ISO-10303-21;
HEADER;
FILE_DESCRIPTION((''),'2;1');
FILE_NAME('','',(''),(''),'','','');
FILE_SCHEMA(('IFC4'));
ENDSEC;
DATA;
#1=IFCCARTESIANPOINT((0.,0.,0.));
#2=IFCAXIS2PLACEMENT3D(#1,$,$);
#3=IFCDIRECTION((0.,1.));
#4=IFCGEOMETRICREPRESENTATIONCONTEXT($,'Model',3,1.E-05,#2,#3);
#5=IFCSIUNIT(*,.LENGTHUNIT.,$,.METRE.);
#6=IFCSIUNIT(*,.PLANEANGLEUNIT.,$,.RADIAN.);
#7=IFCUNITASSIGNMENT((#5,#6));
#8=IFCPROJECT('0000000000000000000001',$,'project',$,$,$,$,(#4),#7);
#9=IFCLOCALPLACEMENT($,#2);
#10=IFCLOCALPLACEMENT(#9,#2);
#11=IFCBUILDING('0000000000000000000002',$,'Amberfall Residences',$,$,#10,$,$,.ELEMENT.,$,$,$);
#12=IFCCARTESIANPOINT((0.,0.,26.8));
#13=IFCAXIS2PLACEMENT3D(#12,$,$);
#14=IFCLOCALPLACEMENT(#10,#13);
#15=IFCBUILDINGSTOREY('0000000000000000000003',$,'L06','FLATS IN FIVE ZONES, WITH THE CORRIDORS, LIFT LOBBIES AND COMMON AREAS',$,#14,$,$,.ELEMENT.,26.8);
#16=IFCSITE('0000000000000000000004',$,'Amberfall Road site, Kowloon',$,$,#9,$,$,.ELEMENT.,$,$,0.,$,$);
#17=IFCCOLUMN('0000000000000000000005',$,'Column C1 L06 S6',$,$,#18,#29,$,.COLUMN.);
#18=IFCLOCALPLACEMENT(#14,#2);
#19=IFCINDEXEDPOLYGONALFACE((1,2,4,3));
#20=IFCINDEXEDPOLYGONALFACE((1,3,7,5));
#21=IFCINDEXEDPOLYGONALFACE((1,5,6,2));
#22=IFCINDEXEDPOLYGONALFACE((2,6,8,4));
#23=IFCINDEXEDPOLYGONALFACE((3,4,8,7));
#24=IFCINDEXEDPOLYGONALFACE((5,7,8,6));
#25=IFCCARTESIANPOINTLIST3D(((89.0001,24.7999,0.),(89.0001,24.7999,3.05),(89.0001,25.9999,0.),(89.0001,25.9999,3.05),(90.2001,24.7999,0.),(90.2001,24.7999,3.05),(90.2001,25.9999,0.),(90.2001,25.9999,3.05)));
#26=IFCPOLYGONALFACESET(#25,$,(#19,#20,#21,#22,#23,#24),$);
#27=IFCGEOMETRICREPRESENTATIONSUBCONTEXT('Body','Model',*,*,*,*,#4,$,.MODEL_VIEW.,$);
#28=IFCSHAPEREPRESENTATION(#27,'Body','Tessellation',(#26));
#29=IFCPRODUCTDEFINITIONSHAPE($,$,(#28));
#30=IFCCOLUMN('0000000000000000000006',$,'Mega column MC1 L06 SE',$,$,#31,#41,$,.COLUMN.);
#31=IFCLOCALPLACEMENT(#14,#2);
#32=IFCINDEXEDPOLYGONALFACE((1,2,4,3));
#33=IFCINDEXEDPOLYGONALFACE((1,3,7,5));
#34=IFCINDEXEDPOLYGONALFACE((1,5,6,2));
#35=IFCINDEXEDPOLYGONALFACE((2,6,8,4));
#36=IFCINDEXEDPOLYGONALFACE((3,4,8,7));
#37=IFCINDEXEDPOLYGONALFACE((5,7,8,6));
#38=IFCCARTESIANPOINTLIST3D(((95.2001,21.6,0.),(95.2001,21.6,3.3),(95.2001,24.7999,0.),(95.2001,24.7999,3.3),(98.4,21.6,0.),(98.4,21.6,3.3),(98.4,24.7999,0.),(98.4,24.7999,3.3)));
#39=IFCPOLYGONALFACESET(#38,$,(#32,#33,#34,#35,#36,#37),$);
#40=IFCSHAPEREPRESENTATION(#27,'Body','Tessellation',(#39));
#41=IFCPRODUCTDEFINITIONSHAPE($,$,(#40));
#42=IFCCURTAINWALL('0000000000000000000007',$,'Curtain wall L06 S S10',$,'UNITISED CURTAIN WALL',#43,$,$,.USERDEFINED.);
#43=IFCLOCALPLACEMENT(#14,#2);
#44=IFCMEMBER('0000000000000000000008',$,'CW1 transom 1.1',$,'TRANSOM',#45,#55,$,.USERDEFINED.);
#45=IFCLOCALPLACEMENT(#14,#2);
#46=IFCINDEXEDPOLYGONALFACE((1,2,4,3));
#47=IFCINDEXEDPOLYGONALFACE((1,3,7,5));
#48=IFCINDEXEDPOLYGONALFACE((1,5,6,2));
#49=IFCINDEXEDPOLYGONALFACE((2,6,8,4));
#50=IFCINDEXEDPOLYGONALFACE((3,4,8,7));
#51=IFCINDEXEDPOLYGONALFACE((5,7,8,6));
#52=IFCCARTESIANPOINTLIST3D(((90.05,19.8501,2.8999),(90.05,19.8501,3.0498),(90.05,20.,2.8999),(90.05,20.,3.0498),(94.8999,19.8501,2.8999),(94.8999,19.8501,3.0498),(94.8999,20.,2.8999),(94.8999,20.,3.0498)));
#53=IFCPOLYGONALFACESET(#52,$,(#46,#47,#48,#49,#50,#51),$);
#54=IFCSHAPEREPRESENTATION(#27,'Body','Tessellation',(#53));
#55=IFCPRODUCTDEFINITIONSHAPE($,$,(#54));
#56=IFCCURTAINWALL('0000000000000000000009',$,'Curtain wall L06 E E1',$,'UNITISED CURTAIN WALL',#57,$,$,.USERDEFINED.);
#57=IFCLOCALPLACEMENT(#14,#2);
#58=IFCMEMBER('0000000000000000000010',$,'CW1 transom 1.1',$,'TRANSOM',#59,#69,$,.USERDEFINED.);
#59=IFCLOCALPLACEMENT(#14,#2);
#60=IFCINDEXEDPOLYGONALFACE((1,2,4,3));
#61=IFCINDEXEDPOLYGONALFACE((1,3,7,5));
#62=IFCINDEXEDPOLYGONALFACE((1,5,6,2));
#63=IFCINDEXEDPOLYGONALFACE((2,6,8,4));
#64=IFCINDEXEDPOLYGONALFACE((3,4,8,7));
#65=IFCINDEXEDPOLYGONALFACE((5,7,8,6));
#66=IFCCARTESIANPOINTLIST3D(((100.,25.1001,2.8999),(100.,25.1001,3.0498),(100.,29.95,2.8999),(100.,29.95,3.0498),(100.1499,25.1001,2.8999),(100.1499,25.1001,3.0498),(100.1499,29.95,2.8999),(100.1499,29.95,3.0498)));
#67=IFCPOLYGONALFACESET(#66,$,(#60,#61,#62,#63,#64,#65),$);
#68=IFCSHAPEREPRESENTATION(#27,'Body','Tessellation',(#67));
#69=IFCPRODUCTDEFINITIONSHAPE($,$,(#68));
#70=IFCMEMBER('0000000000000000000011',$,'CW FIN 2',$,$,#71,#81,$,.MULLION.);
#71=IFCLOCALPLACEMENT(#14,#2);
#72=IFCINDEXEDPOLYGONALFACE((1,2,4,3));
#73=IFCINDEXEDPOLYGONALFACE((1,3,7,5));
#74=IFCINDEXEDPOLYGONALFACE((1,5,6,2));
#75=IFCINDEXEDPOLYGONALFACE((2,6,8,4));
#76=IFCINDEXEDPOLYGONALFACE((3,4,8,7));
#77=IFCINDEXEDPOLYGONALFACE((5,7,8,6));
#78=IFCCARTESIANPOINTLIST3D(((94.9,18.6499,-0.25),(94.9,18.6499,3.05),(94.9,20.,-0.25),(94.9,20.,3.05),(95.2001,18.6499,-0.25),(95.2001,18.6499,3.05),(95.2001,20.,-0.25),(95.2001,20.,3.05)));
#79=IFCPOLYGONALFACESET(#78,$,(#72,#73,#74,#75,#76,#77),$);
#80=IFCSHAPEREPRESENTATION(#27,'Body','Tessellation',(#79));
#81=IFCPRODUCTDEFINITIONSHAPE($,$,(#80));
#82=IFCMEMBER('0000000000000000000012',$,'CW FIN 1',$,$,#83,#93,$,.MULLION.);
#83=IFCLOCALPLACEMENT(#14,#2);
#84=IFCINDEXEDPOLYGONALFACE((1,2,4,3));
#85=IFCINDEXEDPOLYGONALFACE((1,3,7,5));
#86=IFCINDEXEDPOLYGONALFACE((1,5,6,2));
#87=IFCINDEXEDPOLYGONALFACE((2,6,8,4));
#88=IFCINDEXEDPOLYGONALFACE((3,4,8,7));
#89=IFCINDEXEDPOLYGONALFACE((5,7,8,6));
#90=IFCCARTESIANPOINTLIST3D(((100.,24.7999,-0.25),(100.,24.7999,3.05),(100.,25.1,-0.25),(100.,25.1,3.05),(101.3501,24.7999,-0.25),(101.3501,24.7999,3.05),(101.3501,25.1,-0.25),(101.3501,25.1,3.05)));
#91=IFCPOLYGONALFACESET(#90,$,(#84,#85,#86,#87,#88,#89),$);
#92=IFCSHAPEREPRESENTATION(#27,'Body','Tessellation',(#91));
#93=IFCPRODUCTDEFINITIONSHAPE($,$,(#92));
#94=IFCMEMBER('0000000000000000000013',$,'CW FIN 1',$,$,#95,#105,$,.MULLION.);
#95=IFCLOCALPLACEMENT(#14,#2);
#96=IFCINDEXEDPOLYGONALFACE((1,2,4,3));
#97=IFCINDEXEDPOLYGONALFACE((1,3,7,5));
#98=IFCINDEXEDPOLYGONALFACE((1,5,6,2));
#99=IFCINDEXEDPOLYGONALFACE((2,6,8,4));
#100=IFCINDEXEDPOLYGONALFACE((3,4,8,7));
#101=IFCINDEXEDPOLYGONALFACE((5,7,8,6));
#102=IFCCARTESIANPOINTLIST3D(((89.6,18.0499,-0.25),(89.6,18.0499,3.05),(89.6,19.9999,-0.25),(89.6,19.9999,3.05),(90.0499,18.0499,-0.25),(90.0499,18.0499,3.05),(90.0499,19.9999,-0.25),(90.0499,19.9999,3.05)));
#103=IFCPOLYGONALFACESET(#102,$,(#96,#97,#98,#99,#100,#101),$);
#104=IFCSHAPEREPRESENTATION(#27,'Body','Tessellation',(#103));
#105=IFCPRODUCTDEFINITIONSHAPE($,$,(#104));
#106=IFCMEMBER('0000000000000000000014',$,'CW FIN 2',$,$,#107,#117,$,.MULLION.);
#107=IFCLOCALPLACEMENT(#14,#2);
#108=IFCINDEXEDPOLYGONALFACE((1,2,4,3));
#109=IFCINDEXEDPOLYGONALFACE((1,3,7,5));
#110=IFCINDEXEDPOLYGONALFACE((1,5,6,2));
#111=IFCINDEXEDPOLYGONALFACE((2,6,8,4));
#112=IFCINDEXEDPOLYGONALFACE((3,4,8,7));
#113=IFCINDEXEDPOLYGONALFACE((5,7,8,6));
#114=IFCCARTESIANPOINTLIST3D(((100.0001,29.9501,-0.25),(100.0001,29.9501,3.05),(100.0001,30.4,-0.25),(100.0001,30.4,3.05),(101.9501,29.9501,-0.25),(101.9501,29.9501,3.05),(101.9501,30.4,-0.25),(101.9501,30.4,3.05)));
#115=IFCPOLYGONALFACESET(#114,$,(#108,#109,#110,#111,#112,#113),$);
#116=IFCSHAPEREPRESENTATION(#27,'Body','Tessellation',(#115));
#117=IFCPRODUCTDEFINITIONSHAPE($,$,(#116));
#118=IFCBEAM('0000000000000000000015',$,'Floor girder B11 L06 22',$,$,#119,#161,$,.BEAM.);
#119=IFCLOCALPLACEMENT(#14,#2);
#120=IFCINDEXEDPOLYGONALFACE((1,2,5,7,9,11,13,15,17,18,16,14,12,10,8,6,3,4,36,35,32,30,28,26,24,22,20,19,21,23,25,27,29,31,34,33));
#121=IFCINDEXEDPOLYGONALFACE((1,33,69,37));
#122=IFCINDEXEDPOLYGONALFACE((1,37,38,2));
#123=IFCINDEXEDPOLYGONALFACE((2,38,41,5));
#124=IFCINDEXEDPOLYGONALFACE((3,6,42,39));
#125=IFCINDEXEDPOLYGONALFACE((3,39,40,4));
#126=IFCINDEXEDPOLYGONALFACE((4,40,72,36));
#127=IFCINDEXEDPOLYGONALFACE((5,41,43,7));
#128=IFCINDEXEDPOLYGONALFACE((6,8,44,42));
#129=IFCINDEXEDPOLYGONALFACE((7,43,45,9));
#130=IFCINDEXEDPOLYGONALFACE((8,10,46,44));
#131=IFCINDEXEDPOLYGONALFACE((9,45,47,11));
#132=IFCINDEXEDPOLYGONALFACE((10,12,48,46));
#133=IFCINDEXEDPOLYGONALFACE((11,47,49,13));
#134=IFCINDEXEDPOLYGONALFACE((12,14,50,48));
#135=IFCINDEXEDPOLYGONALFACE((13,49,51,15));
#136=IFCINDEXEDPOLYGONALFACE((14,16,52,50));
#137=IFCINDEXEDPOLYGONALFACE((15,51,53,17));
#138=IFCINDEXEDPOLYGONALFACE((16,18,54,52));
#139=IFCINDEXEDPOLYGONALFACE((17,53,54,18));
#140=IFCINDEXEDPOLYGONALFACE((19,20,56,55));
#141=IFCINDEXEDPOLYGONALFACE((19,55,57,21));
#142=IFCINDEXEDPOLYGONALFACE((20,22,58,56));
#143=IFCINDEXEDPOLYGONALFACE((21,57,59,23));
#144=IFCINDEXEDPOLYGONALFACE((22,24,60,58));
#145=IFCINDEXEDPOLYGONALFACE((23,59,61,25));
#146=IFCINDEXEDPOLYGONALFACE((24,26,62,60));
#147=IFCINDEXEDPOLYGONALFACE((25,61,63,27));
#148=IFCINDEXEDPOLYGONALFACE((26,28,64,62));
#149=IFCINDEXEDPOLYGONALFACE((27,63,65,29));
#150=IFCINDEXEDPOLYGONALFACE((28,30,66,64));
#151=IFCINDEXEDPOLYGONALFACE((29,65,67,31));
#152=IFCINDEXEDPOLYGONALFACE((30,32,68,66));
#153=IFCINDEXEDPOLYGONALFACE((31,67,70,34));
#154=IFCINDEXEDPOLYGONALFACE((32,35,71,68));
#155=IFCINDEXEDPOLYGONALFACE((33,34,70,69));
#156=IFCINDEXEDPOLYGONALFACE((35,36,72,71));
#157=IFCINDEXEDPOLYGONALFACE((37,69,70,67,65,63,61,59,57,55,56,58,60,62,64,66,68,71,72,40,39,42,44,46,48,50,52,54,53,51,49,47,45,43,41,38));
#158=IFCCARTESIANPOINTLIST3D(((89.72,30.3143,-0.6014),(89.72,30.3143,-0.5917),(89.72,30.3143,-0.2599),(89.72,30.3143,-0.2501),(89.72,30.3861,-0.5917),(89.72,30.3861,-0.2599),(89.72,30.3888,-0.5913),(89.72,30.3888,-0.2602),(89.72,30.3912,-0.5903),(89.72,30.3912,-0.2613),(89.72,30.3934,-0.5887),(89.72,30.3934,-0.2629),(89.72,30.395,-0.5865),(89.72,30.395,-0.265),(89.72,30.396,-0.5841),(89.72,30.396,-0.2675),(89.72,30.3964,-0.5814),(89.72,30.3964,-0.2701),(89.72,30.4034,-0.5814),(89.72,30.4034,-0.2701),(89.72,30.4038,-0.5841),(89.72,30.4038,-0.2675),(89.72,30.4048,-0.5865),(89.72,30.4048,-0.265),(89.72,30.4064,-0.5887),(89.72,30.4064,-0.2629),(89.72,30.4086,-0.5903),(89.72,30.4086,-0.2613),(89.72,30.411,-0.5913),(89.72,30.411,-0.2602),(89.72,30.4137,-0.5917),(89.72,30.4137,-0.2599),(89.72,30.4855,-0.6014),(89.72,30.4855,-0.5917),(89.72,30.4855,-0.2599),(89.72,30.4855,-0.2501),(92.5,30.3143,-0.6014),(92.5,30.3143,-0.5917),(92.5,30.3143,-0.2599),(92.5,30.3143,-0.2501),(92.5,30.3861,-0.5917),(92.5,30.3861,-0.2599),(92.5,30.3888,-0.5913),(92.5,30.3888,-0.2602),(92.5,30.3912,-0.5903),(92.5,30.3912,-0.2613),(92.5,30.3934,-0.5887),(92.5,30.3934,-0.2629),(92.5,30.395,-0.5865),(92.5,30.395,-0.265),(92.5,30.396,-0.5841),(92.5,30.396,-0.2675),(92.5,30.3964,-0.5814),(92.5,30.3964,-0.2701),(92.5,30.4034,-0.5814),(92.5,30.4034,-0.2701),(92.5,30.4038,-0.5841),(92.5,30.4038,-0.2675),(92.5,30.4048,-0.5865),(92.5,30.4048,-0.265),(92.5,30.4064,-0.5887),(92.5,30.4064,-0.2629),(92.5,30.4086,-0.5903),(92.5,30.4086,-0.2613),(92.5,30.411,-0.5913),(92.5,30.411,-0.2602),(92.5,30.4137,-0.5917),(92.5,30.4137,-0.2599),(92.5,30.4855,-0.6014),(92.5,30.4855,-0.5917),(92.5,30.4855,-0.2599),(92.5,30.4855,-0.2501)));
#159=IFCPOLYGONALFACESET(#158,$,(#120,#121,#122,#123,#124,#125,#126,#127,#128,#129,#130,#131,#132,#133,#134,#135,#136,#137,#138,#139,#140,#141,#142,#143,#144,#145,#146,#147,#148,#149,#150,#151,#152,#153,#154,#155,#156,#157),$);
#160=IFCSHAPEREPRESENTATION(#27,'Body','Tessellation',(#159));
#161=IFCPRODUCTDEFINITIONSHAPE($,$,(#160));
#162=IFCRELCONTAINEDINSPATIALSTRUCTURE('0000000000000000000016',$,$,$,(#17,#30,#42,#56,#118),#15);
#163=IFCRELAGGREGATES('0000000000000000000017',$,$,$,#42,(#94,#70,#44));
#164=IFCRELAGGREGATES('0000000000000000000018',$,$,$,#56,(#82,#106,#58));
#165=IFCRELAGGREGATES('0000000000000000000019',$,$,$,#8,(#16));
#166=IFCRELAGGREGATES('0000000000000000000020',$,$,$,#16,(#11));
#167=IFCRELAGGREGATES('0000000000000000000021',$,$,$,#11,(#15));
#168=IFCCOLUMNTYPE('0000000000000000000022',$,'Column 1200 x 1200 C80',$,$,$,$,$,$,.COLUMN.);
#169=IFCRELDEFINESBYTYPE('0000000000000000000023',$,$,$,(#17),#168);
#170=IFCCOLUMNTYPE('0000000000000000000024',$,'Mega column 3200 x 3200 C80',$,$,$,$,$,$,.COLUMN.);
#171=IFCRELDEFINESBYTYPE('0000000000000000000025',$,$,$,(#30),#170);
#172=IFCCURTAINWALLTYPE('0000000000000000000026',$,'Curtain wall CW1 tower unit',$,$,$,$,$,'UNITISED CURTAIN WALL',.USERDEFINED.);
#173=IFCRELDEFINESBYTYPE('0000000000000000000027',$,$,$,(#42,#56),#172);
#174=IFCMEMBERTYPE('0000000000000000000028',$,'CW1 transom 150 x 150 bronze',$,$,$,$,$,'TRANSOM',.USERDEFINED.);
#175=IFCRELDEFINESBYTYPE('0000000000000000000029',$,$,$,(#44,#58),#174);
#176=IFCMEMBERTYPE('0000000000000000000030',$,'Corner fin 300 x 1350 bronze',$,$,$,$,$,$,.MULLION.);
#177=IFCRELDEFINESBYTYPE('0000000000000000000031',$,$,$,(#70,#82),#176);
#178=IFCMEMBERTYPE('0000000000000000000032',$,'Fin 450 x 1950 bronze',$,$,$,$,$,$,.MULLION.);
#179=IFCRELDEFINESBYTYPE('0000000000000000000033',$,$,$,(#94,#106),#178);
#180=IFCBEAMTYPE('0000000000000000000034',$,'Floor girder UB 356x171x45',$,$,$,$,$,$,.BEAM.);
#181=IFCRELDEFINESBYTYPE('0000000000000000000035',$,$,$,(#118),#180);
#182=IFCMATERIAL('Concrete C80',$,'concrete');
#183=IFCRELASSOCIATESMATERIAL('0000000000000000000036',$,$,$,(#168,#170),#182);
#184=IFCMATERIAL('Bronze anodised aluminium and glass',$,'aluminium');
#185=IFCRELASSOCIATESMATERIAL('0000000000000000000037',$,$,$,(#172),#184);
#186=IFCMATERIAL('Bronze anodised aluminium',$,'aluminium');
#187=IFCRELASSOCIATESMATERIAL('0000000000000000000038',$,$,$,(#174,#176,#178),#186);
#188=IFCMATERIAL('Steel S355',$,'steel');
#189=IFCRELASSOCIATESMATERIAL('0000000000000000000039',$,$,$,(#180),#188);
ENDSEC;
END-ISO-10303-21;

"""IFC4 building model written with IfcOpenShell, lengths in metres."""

from ifc_helpers import new_model, si_unit, direction, frame, origin, origin_2d, place, context, subcontext, project, spatial, rectangle, i_section, extrude, material, material_profile, profile_set, type_object, element, aggregate, save


model = new_model("IFC4")

# Units and contexts
model_context = context("Model", 3, precision=1e-05, world=origin(), true_north=direction((0.0, 1.0)))
body_context = subcontext(model_context, "Body", "Model", "MODEL_VIEW")
ifc_project = project(units=[si_unit("LENGTHUNIT", "METRE"), si_unit("PLANEANGLEUNIT", "RADIAN")], contexts=[model_context])

# Site, building, storey
site_placement = place(None, origin())
site = spatial("IfcSite", under=ifc_project, at=site_placement, Name="Amberfall Road site, Kowloon", CompositionType="ELEMENT", RefElevation=0.0)
building_placement = place(site_placement, origin())
building = spatial("IfcBuilding", under=site, at=building_placement, Name="Amberfall Residences", CompositionType="ELEMENT")
storey_placement = place(building_placement, frame((0.0, 0.0, 26.8)))
storey = spatial("IfcBuildingStorey", under=building, at=storey_placement, Name="L06", Description="FLATS IN FIVE ZONES, WITH THE CORRIDORS, LIFT LOBBIES AND COMMON AREAS", CompositionType="ELEMENT", Elevation=26.8)

# Columns
ifc_material_1 = material(Name="Concrete C80", Category="concrete")
ifc_material_profile_1 = material_profile(ifc_material_1, rectangle(XDim=1.2, YDim=1.2, at=origin_2d()), Name="Column 1200 x 1200 C80")
ifc_profile_set_1 = profile_set([ifc_material_profile_1], Name="Concrete C80")
column_type_1 = type_object("IfcColumnType", Name="Column 1200 x 1200 C80", PredefinedType="COLUMN", material=ifc_profile_set_1)
column_1_placement = place(storey_placement, frame((89.6001, 25.3999, 0.0), z_axis=(0.0, 0.0, 1.0), x_axis=(1.0, 0.0, 0.0)))
element("IfcColumn", 1, at=column_1_placement, inside=storey, type_object=column_type_1, Name="Column C1 L06 S6", PredefinedType="COLUMN", context=body_context, shape_type="SweptSolid", body=[
    extrude(rectangle(XDim=1.2, YDim=1.2, at=origin_2d()), origin(), (0.0, 0.0, 1.0), 3.05),
])
ifc_material_profile_2 = material_profile(ifc_material_1, rectangle(XDim=3.2, YDim=3.2, at=origin_2d()), Name="Mega column 3200 x 3200 C80")
ifc_profile_set_2 = profile_set([ifc_material_profile_2], Name="Concrete C80")
column_type_2 = type_object("IfcColumnType", Name="Mega column 3200 x 3200 C80", PredefinedType="COLUMN", material=ifc_profile_set_2)
column_2_placement = place(storey_placement, frame((96.8, 23.2, 0.0), z_axis=(0.0, 0.0, 1.0), x_axis=(1.0, 0.0, 0.0)))
element("IfcColumn", 2, at=column_2_placement, inside=storey, type_object=column_type_2, Name="Mega column MC1 L06 SE", PredefinedType="COLUMN", context=body_context, shape_type="SweptSolid", body=[
    extrude(rectangle(XDim=3.2, YDim=3.2, at=origin_2d()), origin(), (0.0, 0.0, 1.0), 3.3),
])

# Curtain walls, members
ifc_material_2 = material(Name="Bronze anodised aluminium and glass", Category="aluminium")
curtain_wall_type = type_object("IfcCurtainWallType", Name="Curtain wall CW1 tower unit", ElementType="UNITISED CURTAIN WALL", PredefinedType="USERDEFINED", material=ifc_material_2)
curtain_wall_1_placement = place(storey_placement, origin())
curtain_wall_1 = element("IfcCurtainWall", 3, at=curtain_wall_1_placement, inside=storey, type_object=curtain_wall_type, Name="Curtain wall L06 S S10", ObjectType="UNITISED CURTAIN WALL", PredefinedType="USERDEFINED")
ifc_material_3 = material(Name="Bronze anodised aluminium", Category="aluminium")
ifc_material_profile_3 = material_profile(ifc_material_3, rectangle(XDim=0.1499, YDim=0.1499, at=origin_2d()), Name="CW1 transom 150 x 150 bronze")
ifc_profile_set_3 = profile_set([ifc_material_profile_3], Name="Bronze anodised aluminium")
member_type_1 = type_object("IfcMemberType", Name="CW1 transom 150 x 150 bronze", ElementType="TRANSOM", PredefinedType="USERDEFINED", material=ifc_profile_set_3)
member_1_placement = place(storey_placement, frame((90.05, 19.925, 2.9749), z_axis=(1.0, 0.0, 0.0), x_axis=(0.0, 1.0, 0.0)))
member_1 = element("IfcMember", 4, at=member_1_placement, type_object=member_type_1, Name="CW1 transom 1.1", ObjectType="TRANSOM", PredefinedType="USERDEFINED", context=body_context, shape_type="SweptSolid", body=[
    extrude(rectangle(XDim=0.1499, YDim=0.1499, at=origin_2d()), origin(), (0.0, 0.0, 1.0), 4.8499),
])
curtain_wall_2_placement = place(storey_placement, origin())
curtain_wall_2 = element("IfcCurtainWall", 5, at=curtain_wall_2_placement, inside=storey, type_object=curtain_wall_type, Name="Curtain wall L06 E E1", ObjectType="UNITISED CURTAIN WALL", PredefinedType="USERDEFINED")
member_2_placement = place(storey_placement, frame((100.075, 25.1001, 2.9749), z_axis=(0.0, 1.0, 0.0), x_axis=(-1.0, 0.0, 0.0)))
member_2 = element("IfcMember", 6, at=member_2_placement, type_object=member_type_1, Name="CW1 transom 1.1", ObjectType="TRANSOM", PredefinedType="USERDEFINED", context=body_context, shape_type="SweptSolid", body=[
    extrude(rectangle(XDim=0.1499, YDim=0.1499, at=origin_2d()), origin(), (0.0, 0.0, 1.0), 4.8499),
])

# Members
ifc_material_profile_4 = material_profile(ifc_material_3, rectangle(XDim=1.3501, YDim=0.3, at=origin_2d()), Name="Corner fin 300 x 1350 bronze")
ifc_profile_set_4 = profile_set([ifc_material_profile_4], Name="Bronze anodised aluminium")
member_type_2 = type_object("IfcMemberType", Name="Corner fin 300 x 1350 bronze", PredefinedType="MULLION", material=ifc_profile_set_4)
member_3_placement = place(storey_placement, frame((95.05, 19.325, -0.25), z_axis=(0.0, 0.0, 1.0), x_axis=(0.0, 1.0, 0.0)))
member_3 = element("IfcMember", 7, at=member_3_placement, type_object=member_type_2, Name="CW FIN 2", PredefinedType="MULLION", context=body_context, shape_type="SweptSolid", body=[
    extrude(rectangle(XDim=1.3501, YDim=0.3, at=origin_2d()), origin(), (0.0, 0.0, 1.0), 3.3),
])
member_4_placement = place(storey_placement, frame((100.675, 24.95, -0.25), z_axis=(0.0, 0.0, 1.0), x_axis=(-1.0, 0.0, 0.0)))
member_4 = element("IfcMember", 8, at=member_4_placement, type_object=member_type_2, Name="CW FIN 1", PredefinedType="MULLION", context=body_context, shape_type="SweptSolid", body=[
    extrude(rectangle(XDim=1.3501, YDim=0.3, at=origin_2d()), origin(), (0.0, 0.0, 1.0), 3.3),
])
ifc_material_profile_5 = material_profile(ifc_material_3, rectangle(XDim=1.95, YDim=0.45, at=origin_2d()), Name="Fin 450 x 1950 bronze")
ifc_profile_set_5 = profile_set([ifc_material_profile_5], Name="Bronze anodised aluminium")
member_type_3 = type_object("IfcMemberType", Name="Fin 450 x 1950 bronze", PredefinedType="MULLION", material=ifc_profile_set_5)
member_5_placement = place(storey_placement, frame((89.825, 19.0249, -0.25), z_axis=(0.0, 0.0, 1.0), x_axis=(0.0, 1.0, 0.0)))
member_5 = element("IfcMember", 9, at=member_5_placement, type_object=member_type_3, Name="CW FIN 1", PredefinedType="MULLION", context=body_context, shape_type="SweptSolid", body=[
    extrude(rectangle(XDim=1.95, YDim=0.45, at=origin_2d()), origin(), (0.0, 0.0, 1.0), 3.3),
])
member_6_placement = place(storey_placement, frame((100.9751, 30.175, -0.25), z_axis=(0.0, 0.0, 1.0), x_axis=(-1.0, 0.0, 0.0)))
member_6 = element("IfcMember", 10, at=member_6_placement, type_object=member_type_3, Name="CW FIN 2", PredefinedType="MULLION", context=body_context, shape_type="SweptSolid", body=[
    extrude(rectangle(XDim=1.95, YDim=0.45, at=origin_2d()), origin(), (0.0, 0.0, 1.0), 3.3),
])

# Beam
ifc_material_4 = material(Name="Steel S355", Category="steel")
ifc_material_profile_6 = material_profile(ifc_material_4, i_section(OverallWidth=0.1711, OverallDepth=0.3513, WebThickness=0.0071, FlangeThickness=0.0098, FilletRadius=0.0103, at=origin_2d()), Name="UB 356x171x45")
ifc_profile_set_6 = profile_set([ifc_material_profile_6], Name="Steel S355")
beam_type_1 = type_object("IfcBeamType", Name="Floor girder UB 356x171x45", PredefinedType="BEAM", material=ifc_profile_set_6)
beam_1_placement = place(storey_placement, frame((92.5, 30.3999, -0.4258), z_axis=(-1.0, 0.0, 0.0), x_axis=(0.0, -1.0, 0.0)))
element("IfcBeam", 11, at=beam_1_placement, inside=storey, type_object=beam_type_1, Name="Floor girder B11 L06 22", PredefinedType="BEAM", context=body_context, shape_type="SweptSolid", body=[
    extrude(i_section(OverallWidth=0.1711, OverallDepth=0.3513, WebThickness=0.0071, FlangeThickness=0.0098, FilletRadius=0.0103, at=origin_2d()), origin(), (0.0, 0.0, 1.0), 2.78),
])

aggregate(curtain_wall_1, [member_5, member_3, member_1])
aggregate(curtain_wall_2, [member_4, member_6, member_2])

save(model, "model.ifc")
